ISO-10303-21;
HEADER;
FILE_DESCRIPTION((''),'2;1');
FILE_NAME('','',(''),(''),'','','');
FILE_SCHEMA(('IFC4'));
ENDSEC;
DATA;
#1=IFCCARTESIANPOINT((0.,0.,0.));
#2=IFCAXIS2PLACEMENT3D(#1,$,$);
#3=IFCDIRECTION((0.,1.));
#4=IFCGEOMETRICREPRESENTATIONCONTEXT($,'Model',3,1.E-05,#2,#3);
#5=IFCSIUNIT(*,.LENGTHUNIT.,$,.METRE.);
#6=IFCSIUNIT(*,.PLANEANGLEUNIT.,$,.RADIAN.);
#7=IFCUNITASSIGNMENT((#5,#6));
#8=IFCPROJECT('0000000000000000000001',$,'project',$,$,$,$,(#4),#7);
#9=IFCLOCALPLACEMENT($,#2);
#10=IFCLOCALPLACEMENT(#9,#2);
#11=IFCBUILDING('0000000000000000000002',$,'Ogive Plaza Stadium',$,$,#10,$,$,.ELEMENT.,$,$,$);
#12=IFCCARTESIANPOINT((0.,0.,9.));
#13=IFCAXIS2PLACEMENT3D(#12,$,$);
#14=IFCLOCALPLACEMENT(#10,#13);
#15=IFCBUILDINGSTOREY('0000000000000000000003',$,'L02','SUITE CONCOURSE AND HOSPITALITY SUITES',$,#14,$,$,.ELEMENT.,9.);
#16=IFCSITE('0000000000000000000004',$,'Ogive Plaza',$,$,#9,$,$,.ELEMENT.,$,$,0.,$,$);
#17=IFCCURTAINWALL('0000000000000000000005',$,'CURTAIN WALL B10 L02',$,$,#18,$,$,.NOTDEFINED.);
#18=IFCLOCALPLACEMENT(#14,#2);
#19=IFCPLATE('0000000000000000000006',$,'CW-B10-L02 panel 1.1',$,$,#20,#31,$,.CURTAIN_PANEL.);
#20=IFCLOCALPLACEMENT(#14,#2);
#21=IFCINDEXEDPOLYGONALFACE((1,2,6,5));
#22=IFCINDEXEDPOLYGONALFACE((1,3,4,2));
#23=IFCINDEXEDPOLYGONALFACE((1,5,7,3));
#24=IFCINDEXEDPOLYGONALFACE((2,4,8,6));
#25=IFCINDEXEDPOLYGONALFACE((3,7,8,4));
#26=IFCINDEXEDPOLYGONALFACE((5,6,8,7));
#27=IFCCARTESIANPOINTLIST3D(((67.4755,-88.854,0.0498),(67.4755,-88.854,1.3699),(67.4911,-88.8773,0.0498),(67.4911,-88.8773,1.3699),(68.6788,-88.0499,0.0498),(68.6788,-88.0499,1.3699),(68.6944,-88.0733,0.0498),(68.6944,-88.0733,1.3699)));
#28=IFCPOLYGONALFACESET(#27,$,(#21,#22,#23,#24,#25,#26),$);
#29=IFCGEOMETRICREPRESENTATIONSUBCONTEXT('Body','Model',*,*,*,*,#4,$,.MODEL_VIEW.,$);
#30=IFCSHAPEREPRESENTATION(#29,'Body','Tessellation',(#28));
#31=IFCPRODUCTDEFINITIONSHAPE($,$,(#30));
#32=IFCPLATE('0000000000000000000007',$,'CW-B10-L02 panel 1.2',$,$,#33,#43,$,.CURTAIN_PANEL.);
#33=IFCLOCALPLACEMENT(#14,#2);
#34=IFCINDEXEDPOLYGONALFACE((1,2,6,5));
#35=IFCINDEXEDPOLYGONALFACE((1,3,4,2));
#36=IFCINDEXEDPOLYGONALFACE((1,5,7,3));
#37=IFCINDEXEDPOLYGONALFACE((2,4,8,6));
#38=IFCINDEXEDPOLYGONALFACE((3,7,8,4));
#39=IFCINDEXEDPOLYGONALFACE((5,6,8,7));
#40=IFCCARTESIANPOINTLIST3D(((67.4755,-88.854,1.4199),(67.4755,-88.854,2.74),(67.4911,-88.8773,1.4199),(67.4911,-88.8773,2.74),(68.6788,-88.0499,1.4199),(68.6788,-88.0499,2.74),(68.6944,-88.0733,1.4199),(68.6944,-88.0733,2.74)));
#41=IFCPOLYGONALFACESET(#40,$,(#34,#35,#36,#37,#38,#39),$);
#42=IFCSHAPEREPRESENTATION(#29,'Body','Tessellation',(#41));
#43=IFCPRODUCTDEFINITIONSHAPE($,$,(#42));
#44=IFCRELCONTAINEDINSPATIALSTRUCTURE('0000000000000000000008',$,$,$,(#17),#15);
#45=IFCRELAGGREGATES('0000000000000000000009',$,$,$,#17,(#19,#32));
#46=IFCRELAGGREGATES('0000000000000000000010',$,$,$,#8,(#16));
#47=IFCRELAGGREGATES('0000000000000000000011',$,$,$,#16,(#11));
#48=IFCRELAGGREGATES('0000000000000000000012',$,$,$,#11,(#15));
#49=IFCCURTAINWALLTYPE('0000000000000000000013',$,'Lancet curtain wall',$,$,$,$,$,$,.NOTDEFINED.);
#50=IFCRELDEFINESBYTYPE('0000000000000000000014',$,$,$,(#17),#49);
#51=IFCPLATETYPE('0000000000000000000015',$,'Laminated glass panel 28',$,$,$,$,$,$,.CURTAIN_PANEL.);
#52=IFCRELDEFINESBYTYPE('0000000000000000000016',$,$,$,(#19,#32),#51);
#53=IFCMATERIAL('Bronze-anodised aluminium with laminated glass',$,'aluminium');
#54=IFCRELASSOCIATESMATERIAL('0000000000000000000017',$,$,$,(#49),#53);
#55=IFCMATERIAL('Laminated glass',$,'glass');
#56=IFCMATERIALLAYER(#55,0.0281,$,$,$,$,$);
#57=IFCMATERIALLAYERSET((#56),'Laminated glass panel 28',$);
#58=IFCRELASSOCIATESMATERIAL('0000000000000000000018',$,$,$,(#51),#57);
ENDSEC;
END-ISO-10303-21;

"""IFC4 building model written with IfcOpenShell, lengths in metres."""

from ifc_helpers import new_model, si_unit, direction, frame, origin, origin_2d, place, context, subcontext, project, spatial, rectangle, extrude, material, layer, layer_set, type_object, element, aggregate, save


model = new_model("IFC4")

# Units and contexts
model_context = context("Model", 3, precision=1e-05, world=origin(), true_north=direction((0.0, 1.0)))
body_context = subcontext(model_context, "Body", "Model", "MODEL_VIEW")
ifc_project = project(units=[si_unit("LENGTHUNIT", "METRE"), si_unit("PLANEANGLEUNIT", "RADIAN")], contexts=[model_context])

# Site, building, storey
site_placement = place(None, origin())
site = spatial("IfcSite", under=ifc_project, at=site_placement, Name="Ogive Plaza", CompositionType="ELEMENT", RefElevation=0.0)
building_placement = place(site_placement, origin())
building = spatial("IfcBuilding", under=site, at=building_placement, Name="Ogive Plaza Stadium", CompositionType="ELEMENT")
storey_placement = place(building_placement, frame((0.0, 0.0, 9.0)))
storey = spatial("IfcBuildingStorey", under=building, at=storey_placement, Name="L02", Description="SUITE CONCOURSE AND HOSPITALITY SUITES", CompositionType="ELEMENT", Elevation=9.0)

# Curtain wall
ifc_material_1 = material(Name="Bronze-anodised aluminium with laminated glass", Category="aluminium")
curtain_wall_type = type_object("IfcCurtainWallType", Name="Lancet curtain wall", PredefinedType="NOTDEFINED", material=ifc_material_1)
curtain_wall_1_placement = place(storey_placement, origin())
curtain_wall_1 = element("IfcCurtainWall", 1, at=curtain_wall_1_placement, inside=storey, type_object=curtain_wall_type, Name="CURTAIN WALL B10 L02", PredefinedType="NOTDEFINED")

# Plates
ifc_material_2 = material(Name="Laminated glass", Category="glass")
ifc_layer = layer(ifc_material_2, 0.0281)
ifc_layer_set = layer_set([ifc_layer], Name="Laminated glass panel 28")
plate_type = type_object("IfcPlateType", Name="Laminated glass panel 28", PredefinedType="CURTAIN_PANEL", material=ifc_layer_set)
plate_1_placement = place(storey_placement, frame((68.085, -88.4636, 0.0498), z_axis=(0.0, 0.0, 1.0), x_axis=(-0.83147, -0.55557, 0.0)))
plate_1 = element("IfcPlate", 2, at=plate_1_placement, type_object=plate_type, Name="CW-B10-L02 panel 1.1", PredefinedType="CURTAIN_PANEL", context=body_context, shape_type="SweptSolid", body=[
    extrude(rectangle(XDim=1.4473, YDim=0.0281, at=origin_2d()), origin(), (0.0, 0.0, 1.0), 1.3201),
])
plate_2_placement = place(storey_placement, frame((68.085, -88.4636, 1.4199), z_axis=(0.0, 0.0, 1.0), x_axis=(-0.83147, -0.55557, 0.0)))
plate_2 = element("IfcPlate", 3, at=plate_2_placement, type_object=plate_type, Name="CW-B10-L02 panel 1.2", PredefinedType="CURTAIN_PANEL", context=body_context, shape_type="SweptSolid", body=[
    extrude(rectangle(XDim=1.4473, YDim=0.0281, at=origin_2d()), origin(), (0.0, 0.0, 1.0), 1.3201),
])
aggregate(curtain_wall_1, [plate_1, plate_2])

save(model, "model.ifc")
